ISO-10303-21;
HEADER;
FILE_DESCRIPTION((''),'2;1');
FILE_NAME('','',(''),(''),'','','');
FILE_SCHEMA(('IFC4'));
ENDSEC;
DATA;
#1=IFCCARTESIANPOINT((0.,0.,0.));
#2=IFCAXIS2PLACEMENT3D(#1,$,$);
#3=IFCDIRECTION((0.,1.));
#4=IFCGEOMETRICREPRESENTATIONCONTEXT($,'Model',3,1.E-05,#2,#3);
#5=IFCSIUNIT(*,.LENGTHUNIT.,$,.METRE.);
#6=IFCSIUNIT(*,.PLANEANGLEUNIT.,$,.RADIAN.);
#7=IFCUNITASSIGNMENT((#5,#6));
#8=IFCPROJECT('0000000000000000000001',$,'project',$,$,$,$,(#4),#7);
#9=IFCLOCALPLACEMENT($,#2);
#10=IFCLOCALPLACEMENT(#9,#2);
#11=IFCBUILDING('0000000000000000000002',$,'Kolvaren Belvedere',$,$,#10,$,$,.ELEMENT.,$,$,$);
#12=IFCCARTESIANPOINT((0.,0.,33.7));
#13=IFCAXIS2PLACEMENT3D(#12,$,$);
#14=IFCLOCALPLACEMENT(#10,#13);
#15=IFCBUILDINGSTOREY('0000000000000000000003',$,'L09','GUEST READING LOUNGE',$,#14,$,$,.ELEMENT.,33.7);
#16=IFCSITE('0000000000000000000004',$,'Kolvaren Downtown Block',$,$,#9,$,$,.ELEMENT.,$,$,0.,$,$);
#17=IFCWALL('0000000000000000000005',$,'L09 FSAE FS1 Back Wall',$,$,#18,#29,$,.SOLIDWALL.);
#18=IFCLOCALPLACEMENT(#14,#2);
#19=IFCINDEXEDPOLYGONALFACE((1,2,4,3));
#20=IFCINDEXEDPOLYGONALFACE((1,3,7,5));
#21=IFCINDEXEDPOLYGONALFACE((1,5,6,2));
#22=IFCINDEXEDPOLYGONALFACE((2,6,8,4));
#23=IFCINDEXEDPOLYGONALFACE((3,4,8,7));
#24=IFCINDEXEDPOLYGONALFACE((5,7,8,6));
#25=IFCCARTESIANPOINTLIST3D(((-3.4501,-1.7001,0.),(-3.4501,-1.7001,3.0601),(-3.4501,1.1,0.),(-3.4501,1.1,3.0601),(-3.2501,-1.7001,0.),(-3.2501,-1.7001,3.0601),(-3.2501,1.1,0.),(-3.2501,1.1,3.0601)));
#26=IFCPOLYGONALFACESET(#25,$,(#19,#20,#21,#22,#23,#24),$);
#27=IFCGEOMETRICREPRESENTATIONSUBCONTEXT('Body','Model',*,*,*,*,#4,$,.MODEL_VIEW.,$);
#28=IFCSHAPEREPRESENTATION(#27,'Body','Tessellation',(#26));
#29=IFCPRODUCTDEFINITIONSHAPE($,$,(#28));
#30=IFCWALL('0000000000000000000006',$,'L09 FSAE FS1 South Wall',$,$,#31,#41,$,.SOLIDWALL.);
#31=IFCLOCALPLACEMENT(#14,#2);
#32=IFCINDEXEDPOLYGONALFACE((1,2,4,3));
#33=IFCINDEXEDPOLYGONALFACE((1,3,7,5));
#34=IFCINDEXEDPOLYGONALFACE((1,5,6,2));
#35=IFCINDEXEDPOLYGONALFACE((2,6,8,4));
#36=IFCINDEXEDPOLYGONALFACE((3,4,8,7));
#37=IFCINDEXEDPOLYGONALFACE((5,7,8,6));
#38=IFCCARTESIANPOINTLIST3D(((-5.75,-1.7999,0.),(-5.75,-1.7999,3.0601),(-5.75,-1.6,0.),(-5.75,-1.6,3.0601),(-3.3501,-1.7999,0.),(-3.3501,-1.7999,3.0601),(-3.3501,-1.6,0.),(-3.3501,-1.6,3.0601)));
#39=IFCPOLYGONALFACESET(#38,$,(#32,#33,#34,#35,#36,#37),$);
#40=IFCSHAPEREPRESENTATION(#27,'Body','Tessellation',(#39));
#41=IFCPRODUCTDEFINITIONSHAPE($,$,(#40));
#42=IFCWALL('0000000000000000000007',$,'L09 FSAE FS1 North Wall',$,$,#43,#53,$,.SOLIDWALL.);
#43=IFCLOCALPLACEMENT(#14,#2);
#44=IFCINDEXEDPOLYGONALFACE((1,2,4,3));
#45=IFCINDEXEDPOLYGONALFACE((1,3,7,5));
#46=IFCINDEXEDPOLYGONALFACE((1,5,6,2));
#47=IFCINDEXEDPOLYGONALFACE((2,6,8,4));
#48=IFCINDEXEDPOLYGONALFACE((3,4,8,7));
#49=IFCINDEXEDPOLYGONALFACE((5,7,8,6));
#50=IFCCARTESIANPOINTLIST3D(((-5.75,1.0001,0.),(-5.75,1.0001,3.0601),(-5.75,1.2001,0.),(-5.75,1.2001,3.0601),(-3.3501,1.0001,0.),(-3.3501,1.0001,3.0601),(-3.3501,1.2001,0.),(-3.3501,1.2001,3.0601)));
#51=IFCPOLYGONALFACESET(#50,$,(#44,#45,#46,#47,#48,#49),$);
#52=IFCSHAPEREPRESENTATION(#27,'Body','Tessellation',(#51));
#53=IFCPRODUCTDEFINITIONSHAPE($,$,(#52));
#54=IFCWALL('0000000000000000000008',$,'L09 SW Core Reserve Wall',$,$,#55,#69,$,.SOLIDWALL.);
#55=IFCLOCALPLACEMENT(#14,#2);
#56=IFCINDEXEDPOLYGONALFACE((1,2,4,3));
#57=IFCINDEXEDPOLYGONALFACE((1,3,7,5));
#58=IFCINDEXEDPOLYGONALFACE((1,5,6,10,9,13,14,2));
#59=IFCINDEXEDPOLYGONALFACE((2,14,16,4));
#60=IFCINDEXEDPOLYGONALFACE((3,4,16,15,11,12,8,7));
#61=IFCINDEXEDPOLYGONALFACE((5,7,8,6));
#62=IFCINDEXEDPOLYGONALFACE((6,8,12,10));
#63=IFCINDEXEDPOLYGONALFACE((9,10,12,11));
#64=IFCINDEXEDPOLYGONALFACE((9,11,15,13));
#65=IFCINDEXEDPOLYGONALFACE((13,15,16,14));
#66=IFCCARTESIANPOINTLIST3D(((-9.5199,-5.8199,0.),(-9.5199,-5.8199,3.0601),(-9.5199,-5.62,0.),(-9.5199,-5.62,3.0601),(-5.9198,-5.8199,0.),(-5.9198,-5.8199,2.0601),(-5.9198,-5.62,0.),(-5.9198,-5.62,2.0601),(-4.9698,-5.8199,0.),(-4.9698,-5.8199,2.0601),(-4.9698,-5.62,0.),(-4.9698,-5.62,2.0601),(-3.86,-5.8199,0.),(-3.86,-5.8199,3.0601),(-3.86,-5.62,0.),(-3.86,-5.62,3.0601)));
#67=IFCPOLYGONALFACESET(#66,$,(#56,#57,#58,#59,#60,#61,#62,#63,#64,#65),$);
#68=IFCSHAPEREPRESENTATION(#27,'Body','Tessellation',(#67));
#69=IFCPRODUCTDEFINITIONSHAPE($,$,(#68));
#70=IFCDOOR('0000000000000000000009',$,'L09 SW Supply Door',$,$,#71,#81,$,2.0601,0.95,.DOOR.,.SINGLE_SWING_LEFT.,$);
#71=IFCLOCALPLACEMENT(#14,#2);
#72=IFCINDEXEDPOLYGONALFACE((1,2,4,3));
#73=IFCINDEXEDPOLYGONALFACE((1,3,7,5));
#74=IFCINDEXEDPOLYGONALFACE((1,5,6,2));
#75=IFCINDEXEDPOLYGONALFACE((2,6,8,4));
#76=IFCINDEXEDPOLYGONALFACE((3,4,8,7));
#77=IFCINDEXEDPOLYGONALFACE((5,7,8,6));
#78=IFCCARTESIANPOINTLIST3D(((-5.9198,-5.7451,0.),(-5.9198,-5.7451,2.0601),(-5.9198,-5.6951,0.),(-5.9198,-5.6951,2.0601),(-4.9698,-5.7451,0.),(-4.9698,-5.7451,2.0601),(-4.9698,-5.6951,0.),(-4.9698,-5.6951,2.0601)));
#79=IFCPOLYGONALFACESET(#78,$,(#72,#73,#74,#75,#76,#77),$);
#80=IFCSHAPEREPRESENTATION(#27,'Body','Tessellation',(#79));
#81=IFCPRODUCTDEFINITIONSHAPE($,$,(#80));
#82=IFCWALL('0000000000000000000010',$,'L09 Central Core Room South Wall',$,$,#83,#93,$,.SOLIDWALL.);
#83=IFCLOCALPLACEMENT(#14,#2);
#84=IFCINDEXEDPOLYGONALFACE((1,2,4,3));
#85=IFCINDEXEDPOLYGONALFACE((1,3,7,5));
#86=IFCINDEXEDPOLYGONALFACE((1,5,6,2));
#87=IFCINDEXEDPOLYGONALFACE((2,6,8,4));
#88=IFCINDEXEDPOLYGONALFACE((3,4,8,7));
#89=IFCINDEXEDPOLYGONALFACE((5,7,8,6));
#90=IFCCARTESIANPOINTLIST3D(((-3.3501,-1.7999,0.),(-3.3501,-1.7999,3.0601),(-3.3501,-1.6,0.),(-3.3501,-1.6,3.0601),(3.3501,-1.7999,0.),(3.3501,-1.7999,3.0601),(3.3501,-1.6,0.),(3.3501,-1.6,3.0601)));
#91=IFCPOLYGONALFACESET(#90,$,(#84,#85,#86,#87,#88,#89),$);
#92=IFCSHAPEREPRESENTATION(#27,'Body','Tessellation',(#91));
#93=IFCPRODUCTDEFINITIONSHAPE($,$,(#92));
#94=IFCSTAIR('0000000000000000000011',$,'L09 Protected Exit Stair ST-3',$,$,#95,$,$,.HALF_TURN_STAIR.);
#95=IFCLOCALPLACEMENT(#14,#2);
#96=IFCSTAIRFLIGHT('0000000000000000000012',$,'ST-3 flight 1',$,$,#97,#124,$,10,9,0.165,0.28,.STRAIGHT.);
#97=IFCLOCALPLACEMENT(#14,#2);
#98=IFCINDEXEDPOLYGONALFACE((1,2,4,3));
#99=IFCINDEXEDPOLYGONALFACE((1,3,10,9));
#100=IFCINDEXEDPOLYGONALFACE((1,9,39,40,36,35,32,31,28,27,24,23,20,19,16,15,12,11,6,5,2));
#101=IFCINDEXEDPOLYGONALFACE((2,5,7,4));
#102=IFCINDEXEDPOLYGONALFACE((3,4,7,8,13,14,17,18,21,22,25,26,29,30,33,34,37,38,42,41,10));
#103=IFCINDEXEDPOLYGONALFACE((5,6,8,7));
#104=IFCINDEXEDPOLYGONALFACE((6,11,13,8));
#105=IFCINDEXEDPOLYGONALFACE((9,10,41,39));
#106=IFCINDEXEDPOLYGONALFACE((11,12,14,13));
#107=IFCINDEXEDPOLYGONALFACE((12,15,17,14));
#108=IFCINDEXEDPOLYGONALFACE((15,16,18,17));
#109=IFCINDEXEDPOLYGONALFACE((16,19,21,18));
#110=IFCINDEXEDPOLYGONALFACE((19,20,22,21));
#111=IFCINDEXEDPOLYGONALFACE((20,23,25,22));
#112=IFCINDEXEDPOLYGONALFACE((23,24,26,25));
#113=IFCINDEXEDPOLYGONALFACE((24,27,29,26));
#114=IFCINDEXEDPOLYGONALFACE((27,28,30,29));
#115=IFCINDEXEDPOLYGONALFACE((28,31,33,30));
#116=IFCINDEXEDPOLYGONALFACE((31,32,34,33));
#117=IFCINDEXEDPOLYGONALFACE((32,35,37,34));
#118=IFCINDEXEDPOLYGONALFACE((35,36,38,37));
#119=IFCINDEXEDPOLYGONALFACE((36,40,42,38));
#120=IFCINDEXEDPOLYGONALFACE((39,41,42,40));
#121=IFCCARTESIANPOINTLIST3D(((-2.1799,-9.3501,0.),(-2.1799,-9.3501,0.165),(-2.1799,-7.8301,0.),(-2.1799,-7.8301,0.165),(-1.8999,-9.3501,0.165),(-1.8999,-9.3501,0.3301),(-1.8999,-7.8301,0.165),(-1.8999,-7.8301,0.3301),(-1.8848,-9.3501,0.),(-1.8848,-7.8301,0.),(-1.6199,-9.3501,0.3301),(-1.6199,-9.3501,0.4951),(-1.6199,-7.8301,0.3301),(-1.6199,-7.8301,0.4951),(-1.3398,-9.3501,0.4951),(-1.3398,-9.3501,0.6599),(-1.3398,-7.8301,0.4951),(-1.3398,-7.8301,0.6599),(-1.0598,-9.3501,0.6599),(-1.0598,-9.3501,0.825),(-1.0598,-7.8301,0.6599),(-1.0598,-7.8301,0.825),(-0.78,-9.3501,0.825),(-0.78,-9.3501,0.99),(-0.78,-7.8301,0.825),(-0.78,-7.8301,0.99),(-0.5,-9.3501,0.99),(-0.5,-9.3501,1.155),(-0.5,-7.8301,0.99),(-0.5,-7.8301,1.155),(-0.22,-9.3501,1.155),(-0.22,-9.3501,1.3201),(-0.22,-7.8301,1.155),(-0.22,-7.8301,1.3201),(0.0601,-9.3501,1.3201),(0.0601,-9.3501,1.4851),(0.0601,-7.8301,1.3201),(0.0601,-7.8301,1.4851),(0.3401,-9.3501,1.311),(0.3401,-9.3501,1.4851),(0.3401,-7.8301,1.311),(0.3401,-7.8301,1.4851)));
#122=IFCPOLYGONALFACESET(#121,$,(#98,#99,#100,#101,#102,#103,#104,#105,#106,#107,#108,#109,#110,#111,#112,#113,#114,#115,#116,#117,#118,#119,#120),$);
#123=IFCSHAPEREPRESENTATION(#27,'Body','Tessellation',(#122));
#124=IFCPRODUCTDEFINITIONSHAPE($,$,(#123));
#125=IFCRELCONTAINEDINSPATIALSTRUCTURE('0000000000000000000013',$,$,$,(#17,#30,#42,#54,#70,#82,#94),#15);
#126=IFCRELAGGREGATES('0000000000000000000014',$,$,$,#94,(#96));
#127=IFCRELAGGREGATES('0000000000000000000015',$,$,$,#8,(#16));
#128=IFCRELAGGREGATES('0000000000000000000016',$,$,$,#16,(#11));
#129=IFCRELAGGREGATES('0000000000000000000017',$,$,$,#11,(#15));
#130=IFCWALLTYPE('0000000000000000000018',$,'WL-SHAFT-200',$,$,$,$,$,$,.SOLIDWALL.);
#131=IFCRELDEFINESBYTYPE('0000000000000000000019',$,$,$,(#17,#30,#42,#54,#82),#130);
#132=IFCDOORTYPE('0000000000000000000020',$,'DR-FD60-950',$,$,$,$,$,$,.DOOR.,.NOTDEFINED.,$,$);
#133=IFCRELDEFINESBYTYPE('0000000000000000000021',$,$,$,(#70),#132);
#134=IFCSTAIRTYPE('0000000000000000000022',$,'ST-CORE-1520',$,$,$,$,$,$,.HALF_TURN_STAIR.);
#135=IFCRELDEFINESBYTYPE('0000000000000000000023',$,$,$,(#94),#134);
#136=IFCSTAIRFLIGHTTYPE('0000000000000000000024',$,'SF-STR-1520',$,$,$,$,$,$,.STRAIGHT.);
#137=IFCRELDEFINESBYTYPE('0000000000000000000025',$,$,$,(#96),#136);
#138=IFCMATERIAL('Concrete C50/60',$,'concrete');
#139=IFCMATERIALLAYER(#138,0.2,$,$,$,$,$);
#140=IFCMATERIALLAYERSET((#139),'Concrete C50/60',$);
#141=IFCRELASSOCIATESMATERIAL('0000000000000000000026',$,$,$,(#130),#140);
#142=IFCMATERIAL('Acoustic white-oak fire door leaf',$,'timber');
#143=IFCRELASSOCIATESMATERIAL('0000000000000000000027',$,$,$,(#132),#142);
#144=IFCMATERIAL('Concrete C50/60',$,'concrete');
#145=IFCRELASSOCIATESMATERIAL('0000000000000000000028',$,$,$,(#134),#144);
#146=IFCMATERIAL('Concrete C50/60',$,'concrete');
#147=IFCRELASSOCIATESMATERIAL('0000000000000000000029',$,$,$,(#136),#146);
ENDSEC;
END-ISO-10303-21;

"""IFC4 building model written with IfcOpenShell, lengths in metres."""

from ifc_helpers import new_model, si_unit, direction, frame, frame_2d, origin, place, context, subcontext, project, spatial, polyline, rectangle, outline, extrude, material, layer, layer_set, type_object, element, fill, aggregate, save


model = new_model("IFC4")

# Units and contexts
model_context = context("Model", 3, precision=1e-05, world=origin(), true_north=direction((0.0, 1.0)))
body_context = subcontext(model_context, "Body", "Model", "MODEL_VIEW")
ifc_project = project(units=[si_unit("LENGTHUNIT", "METRE"), si_unit("PLANEANGLEUNIT", "RADIAN")], contexts=[model_context])

# Site, building, storey
site_placement = place(None, origin())
site = spatial("IfcSite", under=ifc_project, at=site_placement, Name="Kolvaren Downtown Block", CompositionType="ELEMENT", RefElevation=0.0)
building_placement = place(site_placement, origin())
building = spatial("IfcBuilding", under=site, at=building_placement, Name="Kolvaren Belvedere", CompositionType="ELEMENT")
storey_placement = place(building_placement, frame((0.0, 0.0, 33.7)))
storey = spatial("IfcBuildingStorey", under=building, at=storey_placement, Name="L09", Description="GUEST READING LOUNGE", CompositionType="ELEMENT", Elevation=33.7)

# Shared definitions
ifc_material_1 = material(Name="Concrete C50/60", Category="concrete")
ifc_layer_1 = layer(ifc_material_1, 0.2)
ifc_layer_set_1 = layer_set([ifc_layer_1], Name="Concrete C50/60")
wall_type_1 = type_object("IfcWallType", Name="WL-SHAFT-200", PredefinedType="SOLIDWALL", material=ifc_layer_set_1)
ifc_material_2 = material(Name="Acoustic white-oak fire door leaf", Category="timber")
door_type_1 = type_object("IfcDoorType", Name="DR-FD60-950", OperationType="NOTDEFINED", PredefinedType="DOOR", material=ifc_material_2)

# Walls
wall_1_placement = place(storey_placement, frame((-3.3501, -1.7, 0.0), z_axis=(0.0, 0.0, 1.0), x_axis=(0.0, 1.0, 0.0)))
element("IfcWall", 1, at=wall_1_placement, inside=storey, type_object=wall_type_1, Name="L09 FSAE FS1 Back Wall", PredefinedType="SOLIDWALL", context=body_context, shape_type="SweptSolid", body=[
    extrude(rectangle(XDim=2.8, YDim=0.2, at=frame_2d((1.3999, 0.0))), origin(), (0.0, 0.0, 1.0), 3.0601),
])
for number, where, z_axis, x_axis, name in (
    (2, (-5.75, -1.7, 0.0), (0.0, 0.0, 1.0), (1.0, 0.0, 0.0), "L09 FSAE FS1 South Wall"),
    (3, (-5.75, 1.1001, 0.0), (0.0, 0.0, 1.0), (1.0, 0.0, 0.0), "L09 FSAE FS1 North Wall"),
):
    element("IfcWall", number, at=place(storey_placement, frame(where, z_axis=z_axis, x_axis=x_axis)), inside=storey, type_object=wall_type_1, Name=name, PredefinedType="SOLIDWALL", context=body_context, shape_type="SweptSolid", body=[
        extrude(rectangle(XDim=2.3999, YDim=0.2, at=frame_2d((1.2, 0.0))), origin(), (0.0, 0.0, 1.0), 3.0601),
    ])

# Wall, opening, door
wall_2_placement = place(storey_placement, frame((-9.52, -5.72, 0.0), z_axis=(0.0, 0.0, 1.0), x_axis=(1.0, 0.0, 0.0)))
wall_2 = element("IfcWall", 4, at=wall_2_placement, inside=storey, type_object=wall_type_1, Name="L09 SW Core Reserve Wall", PredefinedType="SOLIDWALL", context=body_context, shape_type="SweptSolid", body=[
    extrude(rectangle(XDim=5.6599, YDim=0.2, at=frame_2d((2.8301, 0.0))), origin(), (0.0, 0.0, 1.0), 3.0601),
])
opening_1_placement = place(wall_2_placement, frame((3.6001, 0.0, 0.0)))
opening_1 = element("IfcOpeningElement", 5, at=opening_1_placement, cuts=wall_2, PredefinedType="OPENING", context=body_context, shape_type="SweptSolid", body=[
    extrude(rectangle(XDim=0.95, YDim=2.0601, at=frame_2d((0.4751, 1.03))), frame((0.0, 0.1099, 0.0), z_axis=(0.0, -1.0, 0.0), x_axis=(1.0, 0.0, 0.0)), (0.0, 0.0, 1.0), 0.22),
])
door_1_placement = place(opening_1_placement, origin())
door_1 = element("IfcDoor", 6, at=door_1_placement, inside=storey, type_object=door_type_1, Name="L09 SW Supply Door", OperationType="SINGLE_SWING_LEFT", OverallHeight=2.0601, OverallWidth=0.95, PredefinedType="DOOR", context=body_context, shape_type="SweptSolid", body=[
    extrude(rectangle(XDim=0.95, YDim=2.0601, at=frame_2d((0.4751, 1.03))), frame((0.0, 0.0249, 0.0), z_axis=(0.0, -1.0, 0.0), x_axis=(1.0, 0.0, 0.0)), (0.0, 0.0, 1.0), 0.05),
])
fill(opening_1, door_1)

# Wall
wall_3_placement = place(storey_placement, frame((-3.3501, -1.7, 0.0), z_axis=(0.0, 0.0, 1.0), x_axis=(1.0, 0.0, 0.0)))
element("IfcWall", 7, at=wall_3_placement, inside=storey, type_object=wall_type_1, Name="L09 Central Core Room South Wall", PredefinedType="SOLIDWALL", context=body_context, shape_type="SweptSolid", body=[
    extrude(rectangle(XDim=6.7002, YDim=0.2, at=frame_2d((3.3501, 0.0))), origin(), (0.0, 0.0, 1.0), 3.0601),
])

# Stair, stair flight
ifc_material_3 = material(Name="Concrete C50/60", Category="concrete")
stair_type = type_object("IfcStairType", Name="ST-CORE-1520", PredefinedType="HALF_TURN_STAIR", material=ifc_material_3)
stair_placement = place(storey_placement, origin())
stair = element("IfcStair", 8, at=stair_placement, inside=storey, type_object=stair_type, Name="L09 Protected Exit Stair ST-3", PredefinedType="HALF_TURN_STAIR")
ifc_material_4 = material(Name="Concrete C50/60", Category="concrete")
stair_flight_type = type_object("IfcStairFlightType", Name="SF-STR-1520", PredefinedType="STRAIGHT", material=ifc_material_4)
stair_flight_placement = place(storey_placement, frame((-2.1799, -8.5901, 0.0), z_axis=(0.0, 0.0, 1.0), x_axis=(1.0, 0.0, 0.0)))
stair_flight = element("IfcStairFlight", 9, at=stair_flight_placement, type_object=stair_flight_type, Name="ST-3 flight 1", NumberOfRisers=10, NumberOfTreads=9, PredefinedType="STRAIGHT", RiserHeight=0.165, TreadLength=0.28, context=body_context, shape_type="SweptSolid", body=[
    extrude(outline(polyline([(0.0, 0.0), (0.0, 0.165), (0.28, 0.165), (0.28, 0.3301), (0.5601, 0.3301), (0.5601, 0.4951), (0.8401, 0.4951), (0.8401, 0.6599), (1.1201, 0.6599), (1.1201, 0.825), (1.3999, 0.825), (1.3999, 0.99), (1.6799, 0.99), (1.6799, 1.155), (1.96, 1.155), (1.96, 1.3201), (2.24, 1.3201), (2.24, 1.4851), (2.52, 1.4851), (2.52, 1.6499), (2.52, 1.311), (0.2952, 0.0), (0.0, 0.0)])), frame((0.0, 0.76, 0.0), z_axis=(0.0, -1.0, 0.0), x_axis=(1.0, 0.0, 0.0)), (0.0, 0.0, 1.0), 1.52),
])
aggregate(stair, [stair_flight])

save(model, "model.ifc")
